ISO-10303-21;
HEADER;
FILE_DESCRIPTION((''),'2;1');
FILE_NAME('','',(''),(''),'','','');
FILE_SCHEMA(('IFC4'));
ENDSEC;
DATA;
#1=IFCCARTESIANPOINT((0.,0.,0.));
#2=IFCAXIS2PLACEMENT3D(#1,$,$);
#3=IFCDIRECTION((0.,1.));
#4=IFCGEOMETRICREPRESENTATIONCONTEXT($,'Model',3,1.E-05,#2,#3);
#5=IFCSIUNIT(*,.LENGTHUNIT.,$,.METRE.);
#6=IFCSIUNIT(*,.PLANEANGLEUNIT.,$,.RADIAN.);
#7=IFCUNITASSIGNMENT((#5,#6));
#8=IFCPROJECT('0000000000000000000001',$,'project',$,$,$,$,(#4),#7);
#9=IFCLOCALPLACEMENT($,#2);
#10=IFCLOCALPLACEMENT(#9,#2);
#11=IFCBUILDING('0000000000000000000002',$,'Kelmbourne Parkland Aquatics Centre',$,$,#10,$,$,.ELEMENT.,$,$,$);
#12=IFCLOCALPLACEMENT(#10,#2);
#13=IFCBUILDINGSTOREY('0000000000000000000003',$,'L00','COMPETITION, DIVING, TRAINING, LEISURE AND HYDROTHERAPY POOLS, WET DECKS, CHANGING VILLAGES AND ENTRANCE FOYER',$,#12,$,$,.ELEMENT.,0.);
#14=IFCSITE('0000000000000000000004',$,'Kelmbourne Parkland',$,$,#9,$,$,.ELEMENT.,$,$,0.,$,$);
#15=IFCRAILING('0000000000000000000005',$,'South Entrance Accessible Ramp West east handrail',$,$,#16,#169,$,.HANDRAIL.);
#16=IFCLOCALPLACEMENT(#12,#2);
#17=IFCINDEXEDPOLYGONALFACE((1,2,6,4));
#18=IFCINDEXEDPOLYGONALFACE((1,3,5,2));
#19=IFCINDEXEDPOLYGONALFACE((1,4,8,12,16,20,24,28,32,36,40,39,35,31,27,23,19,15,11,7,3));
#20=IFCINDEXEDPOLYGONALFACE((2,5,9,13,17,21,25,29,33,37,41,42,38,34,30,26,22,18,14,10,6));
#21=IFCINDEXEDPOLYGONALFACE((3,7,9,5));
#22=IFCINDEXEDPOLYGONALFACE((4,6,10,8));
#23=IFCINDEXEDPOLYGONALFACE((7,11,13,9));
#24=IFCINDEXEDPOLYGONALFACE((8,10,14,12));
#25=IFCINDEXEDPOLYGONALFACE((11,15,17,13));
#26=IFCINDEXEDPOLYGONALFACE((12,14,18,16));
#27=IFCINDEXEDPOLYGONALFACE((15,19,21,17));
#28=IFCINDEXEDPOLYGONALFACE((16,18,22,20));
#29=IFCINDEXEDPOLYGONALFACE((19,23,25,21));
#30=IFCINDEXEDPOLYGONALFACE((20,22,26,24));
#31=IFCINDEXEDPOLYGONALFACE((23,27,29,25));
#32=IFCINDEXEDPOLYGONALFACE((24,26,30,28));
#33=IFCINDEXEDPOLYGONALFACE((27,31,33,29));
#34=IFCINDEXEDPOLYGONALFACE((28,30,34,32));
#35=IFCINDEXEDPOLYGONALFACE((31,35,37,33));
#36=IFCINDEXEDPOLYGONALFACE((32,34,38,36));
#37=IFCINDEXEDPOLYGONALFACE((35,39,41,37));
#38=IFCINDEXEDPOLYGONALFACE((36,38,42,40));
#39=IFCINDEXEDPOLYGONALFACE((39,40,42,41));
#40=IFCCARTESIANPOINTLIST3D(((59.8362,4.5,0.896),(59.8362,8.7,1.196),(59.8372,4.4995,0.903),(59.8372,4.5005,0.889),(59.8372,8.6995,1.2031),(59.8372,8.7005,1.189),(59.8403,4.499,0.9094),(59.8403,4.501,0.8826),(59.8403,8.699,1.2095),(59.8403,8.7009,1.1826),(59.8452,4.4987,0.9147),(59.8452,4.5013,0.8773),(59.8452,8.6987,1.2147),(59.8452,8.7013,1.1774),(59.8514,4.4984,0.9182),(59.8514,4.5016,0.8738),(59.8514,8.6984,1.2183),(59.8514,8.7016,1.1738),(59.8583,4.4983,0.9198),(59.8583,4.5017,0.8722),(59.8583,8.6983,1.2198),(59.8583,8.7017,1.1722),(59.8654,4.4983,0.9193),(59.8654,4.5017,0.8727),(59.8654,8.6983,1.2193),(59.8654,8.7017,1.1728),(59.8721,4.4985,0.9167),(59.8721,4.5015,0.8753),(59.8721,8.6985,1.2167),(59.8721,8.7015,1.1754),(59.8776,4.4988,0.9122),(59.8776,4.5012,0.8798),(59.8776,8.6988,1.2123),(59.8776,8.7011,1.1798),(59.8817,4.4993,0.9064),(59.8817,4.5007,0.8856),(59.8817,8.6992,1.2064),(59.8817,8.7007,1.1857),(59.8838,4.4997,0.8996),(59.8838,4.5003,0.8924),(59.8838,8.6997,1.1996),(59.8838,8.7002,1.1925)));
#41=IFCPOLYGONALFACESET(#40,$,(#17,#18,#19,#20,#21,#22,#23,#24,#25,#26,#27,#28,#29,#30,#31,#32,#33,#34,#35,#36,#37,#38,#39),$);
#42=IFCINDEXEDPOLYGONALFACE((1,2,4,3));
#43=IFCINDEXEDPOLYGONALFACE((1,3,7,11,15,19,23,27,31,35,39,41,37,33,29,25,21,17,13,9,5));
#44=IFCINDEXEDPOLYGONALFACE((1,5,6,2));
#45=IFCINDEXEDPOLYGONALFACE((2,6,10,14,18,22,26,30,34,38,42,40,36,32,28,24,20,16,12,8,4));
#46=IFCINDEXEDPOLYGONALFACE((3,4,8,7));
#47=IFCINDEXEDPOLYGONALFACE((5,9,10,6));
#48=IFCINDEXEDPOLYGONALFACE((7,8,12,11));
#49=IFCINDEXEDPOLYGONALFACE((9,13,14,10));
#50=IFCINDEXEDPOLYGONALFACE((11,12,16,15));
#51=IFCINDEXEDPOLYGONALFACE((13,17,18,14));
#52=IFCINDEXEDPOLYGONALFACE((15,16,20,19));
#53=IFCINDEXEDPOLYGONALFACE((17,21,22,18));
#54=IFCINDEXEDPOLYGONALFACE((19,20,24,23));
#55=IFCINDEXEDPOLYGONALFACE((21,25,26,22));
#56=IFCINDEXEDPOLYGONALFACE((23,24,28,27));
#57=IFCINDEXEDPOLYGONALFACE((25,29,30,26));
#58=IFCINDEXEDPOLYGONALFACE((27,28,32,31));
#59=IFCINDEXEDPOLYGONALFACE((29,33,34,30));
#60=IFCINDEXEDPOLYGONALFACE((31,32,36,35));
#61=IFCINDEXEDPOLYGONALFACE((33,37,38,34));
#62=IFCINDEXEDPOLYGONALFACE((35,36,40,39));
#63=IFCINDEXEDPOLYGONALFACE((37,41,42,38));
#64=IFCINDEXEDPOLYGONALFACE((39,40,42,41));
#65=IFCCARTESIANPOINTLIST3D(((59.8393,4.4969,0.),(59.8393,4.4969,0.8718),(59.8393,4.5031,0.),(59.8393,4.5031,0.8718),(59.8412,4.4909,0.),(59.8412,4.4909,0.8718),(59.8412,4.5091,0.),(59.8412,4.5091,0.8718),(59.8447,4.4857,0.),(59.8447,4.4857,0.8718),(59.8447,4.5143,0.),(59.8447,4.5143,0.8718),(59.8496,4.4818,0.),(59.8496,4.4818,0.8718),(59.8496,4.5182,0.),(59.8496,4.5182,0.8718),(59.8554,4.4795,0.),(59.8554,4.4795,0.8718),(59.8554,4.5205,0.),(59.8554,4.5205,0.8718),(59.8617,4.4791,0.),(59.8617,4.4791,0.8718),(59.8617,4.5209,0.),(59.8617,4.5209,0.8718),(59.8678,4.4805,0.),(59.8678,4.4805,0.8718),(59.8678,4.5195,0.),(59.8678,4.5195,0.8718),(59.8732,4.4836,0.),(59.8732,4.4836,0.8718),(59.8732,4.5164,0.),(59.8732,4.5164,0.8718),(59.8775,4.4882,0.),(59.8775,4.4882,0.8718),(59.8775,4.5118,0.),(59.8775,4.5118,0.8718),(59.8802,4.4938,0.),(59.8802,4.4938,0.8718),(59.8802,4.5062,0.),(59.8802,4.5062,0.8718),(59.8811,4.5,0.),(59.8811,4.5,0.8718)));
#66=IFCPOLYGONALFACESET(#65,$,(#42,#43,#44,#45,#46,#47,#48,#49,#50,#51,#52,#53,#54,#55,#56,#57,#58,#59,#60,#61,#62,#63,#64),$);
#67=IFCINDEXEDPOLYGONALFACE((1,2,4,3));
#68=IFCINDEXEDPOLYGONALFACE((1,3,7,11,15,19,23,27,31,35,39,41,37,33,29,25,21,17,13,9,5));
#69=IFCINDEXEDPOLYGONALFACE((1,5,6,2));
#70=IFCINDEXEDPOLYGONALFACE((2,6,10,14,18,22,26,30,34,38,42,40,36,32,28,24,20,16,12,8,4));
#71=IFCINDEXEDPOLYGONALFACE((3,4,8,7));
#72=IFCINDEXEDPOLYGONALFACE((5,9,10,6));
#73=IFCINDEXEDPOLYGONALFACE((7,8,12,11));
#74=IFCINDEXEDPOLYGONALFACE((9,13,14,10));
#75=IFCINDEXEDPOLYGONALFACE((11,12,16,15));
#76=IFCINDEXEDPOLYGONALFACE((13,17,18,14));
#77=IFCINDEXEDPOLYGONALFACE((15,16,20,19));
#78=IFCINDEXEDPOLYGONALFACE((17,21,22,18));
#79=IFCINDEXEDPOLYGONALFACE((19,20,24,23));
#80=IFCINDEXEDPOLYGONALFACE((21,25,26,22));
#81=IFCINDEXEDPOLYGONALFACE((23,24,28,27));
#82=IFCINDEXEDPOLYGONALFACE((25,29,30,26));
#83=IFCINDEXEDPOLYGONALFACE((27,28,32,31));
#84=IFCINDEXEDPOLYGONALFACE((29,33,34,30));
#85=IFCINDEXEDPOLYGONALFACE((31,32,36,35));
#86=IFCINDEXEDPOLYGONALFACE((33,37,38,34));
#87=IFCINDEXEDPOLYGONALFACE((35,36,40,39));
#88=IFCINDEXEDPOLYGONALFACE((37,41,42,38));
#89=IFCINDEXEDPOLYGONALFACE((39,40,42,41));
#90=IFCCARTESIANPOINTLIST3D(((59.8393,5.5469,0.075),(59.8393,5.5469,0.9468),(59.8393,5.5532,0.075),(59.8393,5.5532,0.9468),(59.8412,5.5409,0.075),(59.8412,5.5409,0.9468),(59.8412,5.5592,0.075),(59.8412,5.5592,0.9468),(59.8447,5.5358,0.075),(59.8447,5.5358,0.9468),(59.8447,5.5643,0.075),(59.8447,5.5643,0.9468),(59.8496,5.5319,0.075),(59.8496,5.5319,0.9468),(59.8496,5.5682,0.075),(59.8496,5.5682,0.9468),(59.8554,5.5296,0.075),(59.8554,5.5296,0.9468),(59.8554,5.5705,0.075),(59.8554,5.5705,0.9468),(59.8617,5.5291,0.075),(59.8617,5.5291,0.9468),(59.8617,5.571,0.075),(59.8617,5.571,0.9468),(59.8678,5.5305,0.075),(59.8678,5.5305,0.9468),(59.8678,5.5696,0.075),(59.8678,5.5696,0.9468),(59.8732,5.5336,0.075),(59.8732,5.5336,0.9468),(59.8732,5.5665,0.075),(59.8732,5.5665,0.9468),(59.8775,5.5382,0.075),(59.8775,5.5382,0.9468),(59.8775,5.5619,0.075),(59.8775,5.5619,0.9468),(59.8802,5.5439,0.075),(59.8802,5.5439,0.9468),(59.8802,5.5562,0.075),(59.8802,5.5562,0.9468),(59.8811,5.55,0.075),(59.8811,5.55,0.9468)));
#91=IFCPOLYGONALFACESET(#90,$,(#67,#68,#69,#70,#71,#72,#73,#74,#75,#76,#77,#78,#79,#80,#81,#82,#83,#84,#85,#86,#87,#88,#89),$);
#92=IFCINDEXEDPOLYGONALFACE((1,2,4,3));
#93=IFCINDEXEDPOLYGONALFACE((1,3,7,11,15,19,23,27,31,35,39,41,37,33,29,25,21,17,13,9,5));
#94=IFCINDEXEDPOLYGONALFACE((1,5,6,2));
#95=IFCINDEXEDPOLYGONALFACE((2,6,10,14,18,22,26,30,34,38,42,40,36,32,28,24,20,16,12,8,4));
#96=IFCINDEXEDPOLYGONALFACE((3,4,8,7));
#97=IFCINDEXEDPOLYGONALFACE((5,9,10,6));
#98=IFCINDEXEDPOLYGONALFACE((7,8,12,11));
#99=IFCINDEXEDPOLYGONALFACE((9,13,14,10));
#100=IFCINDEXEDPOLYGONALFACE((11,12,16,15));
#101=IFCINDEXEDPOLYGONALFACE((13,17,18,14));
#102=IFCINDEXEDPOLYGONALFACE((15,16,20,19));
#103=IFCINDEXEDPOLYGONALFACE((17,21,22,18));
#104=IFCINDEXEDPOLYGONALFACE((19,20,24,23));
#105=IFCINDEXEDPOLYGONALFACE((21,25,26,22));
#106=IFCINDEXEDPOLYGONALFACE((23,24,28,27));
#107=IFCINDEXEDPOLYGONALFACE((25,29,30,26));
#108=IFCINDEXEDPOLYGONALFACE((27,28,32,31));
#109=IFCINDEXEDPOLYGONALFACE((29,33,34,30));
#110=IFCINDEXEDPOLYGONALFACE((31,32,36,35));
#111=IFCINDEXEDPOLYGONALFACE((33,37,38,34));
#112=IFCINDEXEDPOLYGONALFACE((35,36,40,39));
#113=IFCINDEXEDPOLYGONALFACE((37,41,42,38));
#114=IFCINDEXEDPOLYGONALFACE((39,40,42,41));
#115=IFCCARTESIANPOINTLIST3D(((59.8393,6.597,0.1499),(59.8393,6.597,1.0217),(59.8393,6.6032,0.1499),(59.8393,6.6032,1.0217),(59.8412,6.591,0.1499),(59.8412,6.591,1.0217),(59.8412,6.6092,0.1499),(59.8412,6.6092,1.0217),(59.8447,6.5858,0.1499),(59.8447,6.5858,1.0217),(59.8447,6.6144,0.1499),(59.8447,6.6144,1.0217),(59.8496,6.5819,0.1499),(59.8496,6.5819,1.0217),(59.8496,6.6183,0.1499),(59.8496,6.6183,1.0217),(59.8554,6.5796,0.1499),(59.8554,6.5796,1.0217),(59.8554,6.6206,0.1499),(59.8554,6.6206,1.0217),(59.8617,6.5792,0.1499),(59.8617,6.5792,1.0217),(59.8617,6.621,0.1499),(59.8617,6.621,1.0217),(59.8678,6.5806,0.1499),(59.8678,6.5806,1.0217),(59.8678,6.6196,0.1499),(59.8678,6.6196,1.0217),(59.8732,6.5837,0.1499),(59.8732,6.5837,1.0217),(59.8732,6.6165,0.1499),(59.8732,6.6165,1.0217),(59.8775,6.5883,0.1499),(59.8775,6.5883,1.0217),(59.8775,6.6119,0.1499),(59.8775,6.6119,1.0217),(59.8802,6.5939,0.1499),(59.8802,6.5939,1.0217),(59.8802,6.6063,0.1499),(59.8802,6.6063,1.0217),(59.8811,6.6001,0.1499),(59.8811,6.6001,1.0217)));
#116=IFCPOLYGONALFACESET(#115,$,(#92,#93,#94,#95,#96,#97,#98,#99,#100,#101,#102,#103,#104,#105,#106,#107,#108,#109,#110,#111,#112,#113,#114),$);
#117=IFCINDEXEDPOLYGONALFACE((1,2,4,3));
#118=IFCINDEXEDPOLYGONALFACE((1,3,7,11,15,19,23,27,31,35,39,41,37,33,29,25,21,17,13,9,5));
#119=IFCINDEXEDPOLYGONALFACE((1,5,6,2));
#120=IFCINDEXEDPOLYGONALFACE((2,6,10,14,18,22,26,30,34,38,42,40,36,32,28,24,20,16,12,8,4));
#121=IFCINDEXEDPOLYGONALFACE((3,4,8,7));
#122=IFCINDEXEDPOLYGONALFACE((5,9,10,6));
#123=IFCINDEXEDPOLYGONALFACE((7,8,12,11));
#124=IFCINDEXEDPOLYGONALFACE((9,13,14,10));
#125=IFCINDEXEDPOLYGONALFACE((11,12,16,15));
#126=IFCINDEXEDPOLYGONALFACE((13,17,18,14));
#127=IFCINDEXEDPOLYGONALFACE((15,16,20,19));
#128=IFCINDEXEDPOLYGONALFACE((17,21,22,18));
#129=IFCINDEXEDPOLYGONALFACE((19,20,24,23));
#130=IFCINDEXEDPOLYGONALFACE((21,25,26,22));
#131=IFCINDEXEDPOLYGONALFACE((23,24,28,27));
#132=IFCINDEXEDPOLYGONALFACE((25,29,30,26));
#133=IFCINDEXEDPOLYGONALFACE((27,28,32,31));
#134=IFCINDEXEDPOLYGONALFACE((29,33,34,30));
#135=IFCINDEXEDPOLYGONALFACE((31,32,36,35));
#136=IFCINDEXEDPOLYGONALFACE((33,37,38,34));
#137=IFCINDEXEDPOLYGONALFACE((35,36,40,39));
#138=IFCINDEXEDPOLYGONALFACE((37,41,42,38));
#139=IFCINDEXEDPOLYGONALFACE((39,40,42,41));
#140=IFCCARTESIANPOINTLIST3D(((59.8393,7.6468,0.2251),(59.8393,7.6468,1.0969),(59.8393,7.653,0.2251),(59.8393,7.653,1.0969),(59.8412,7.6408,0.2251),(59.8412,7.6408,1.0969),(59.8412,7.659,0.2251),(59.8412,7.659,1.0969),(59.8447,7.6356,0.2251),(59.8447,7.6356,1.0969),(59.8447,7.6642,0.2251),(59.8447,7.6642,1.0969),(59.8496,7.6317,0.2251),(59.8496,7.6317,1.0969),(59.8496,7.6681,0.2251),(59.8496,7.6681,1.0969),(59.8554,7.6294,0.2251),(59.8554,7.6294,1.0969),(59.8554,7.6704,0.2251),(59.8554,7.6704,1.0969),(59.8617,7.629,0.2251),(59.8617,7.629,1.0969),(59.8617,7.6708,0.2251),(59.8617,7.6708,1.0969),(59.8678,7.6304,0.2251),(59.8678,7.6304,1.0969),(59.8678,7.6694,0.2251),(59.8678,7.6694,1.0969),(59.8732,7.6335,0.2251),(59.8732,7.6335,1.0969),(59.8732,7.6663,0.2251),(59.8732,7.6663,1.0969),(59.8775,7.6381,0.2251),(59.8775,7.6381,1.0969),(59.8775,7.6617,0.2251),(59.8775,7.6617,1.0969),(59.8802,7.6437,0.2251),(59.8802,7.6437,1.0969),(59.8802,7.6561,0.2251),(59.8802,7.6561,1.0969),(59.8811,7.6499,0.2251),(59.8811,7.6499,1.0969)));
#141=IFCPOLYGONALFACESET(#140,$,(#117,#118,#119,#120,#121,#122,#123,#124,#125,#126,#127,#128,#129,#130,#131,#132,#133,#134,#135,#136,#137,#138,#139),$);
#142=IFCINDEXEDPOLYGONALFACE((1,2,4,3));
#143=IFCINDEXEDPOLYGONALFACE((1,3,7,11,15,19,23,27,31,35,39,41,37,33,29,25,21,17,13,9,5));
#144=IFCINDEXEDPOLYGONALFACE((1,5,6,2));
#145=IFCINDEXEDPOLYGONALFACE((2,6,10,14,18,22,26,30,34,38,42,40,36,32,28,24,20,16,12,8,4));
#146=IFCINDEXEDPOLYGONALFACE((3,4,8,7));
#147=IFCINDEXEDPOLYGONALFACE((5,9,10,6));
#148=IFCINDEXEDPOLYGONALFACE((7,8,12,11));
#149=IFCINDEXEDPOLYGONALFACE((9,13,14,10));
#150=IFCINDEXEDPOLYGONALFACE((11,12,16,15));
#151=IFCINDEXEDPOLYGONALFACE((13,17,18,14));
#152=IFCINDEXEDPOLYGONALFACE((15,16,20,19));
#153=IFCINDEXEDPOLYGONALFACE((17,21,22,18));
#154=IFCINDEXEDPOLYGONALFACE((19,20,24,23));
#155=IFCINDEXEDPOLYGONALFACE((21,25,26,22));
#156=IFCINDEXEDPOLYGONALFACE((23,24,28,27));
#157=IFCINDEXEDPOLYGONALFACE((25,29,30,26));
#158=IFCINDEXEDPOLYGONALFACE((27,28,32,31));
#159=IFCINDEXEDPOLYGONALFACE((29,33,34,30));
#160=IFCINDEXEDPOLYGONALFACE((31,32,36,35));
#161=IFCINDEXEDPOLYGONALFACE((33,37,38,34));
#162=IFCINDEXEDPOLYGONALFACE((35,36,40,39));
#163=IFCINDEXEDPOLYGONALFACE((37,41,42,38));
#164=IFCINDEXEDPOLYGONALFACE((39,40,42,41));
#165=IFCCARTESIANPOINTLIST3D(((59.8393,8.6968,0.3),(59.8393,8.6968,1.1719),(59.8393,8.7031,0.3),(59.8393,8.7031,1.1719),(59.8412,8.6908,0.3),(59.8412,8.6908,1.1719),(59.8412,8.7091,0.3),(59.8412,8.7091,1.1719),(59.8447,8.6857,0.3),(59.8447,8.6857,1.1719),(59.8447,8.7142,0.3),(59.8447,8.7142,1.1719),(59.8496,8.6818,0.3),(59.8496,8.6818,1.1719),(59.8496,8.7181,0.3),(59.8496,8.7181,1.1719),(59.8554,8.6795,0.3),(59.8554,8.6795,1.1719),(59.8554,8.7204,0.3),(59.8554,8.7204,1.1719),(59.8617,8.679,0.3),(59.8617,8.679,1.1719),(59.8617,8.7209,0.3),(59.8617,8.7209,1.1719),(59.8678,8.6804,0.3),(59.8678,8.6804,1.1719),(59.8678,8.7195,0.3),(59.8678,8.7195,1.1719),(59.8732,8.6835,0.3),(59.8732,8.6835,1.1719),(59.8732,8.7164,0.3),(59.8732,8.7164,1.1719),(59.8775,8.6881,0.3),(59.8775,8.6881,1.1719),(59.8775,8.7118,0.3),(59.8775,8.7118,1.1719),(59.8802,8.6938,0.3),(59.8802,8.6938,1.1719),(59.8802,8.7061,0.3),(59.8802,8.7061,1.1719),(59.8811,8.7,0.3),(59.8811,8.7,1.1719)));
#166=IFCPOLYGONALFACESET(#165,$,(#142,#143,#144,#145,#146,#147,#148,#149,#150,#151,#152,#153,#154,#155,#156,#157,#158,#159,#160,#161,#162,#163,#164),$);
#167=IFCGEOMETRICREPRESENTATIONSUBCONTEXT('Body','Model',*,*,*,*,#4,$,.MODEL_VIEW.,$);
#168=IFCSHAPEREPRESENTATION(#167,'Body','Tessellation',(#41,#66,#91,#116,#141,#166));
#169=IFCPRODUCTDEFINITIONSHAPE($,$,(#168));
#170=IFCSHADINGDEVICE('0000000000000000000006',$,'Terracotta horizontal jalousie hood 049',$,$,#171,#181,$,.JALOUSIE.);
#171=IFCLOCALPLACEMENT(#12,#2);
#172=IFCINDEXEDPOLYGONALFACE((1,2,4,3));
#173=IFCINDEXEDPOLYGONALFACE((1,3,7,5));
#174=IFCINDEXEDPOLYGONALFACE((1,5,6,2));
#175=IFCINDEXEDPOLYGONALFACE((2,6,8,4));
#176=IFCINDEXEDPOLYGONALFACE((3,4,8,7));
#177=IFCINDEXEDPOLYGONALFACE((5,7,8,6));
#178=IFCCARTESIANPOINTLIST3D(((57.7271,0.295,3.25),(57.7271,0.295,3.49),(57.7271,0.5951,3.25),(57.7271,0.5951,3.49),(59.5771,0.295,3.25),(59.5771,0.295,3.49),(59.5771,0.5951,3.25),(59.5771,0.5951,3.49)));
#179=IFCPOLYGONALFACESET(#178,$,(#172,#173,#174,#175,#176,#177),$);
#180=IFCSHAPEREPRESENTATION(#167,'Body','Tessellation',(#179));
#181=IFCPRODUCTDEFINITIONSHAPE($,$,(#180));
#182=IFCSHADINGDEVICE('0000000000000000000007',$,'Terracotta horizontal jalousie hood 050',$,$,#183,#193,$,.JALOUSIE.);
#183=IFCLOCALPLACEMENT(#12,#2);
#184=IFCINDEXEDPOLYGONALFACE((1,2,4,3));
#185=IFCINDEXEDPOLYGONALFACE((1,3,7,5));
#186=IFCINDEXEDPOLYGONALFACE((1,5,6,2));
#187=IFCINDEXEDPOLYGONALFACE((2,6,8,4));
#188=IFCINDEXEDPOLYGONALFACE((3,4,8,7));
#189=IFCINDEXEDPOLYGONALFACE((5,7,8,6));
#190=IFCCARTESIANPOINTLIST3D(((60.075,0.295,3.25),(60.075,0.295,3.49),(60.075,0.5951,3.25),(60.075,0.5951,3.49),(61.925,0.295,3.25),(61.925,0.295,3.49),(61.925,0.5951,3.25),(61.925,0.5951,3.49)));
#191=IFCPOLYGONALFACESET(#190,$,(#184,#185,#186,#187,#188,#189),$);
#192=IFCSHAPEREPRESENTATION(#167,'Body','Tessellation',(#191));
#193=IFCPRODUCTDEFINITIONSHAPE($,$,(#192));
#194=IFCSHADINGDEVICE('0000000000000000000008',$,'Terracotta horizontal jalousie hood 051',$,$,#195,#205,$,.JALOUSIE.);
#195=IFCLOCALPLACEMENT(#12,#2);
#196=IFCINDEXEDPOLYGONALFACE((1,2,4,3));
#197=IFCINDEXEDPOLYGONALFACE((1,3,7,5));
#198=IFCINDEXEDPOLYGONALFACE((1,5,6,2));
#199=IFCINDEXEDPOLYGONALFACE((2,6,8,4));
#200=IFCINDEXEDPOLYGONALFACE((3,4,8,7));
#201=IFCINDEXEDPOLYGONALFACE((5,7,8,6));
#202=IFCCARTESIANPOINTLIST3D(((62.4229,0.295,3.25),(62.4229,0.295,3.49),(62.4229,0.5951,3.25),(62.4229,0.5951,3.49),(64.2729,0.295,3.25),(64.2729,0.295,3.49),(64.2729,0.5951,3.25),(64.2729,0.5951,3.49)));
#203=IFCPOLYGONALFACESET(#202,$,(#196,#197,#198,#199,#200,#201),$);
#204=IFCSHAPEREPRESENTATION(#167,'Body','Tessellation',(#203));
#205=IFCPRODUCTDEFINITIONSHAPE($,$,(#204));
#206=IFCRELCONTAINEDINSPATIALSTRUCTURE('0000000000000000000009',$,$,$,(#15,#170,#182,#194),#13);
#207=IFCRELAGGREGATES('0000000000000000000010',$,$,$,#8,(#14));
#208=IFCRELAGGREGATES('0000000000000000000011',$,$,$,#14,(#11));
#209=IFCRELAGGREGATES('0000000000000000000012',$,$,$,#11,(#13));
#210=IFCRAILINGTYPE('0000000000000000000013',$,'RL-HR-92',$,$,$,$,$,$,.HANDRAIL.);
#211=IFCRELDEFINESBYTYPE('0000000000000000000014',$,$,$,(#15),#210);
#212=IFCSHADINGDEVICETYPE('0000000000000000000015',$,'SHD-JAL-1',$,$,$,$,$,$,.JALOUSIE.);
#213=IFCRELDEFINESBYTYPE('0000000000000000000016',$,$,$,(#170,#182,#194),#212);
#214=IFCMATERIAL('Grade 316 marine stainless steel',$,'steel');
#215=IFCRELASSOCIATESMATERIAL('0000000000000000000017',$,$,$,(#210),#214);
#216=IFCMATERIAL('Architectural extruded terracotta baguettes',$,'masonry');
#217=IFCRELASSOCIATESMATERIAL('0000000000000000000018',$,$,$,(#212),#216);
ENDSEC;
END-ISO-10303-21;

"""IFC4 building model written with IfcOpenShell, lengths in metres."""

from ifc_helpers import new_model, si_unit, direction, frame, origin, origin_2d, place, context, subcontext, project, spatial, rectangle, circle, extrude, material, type_object, element, save


model = new_model("IFC4")

# Units and contexts
model_context = context("Model", 3, precision=1e-05, world=origin(), true_north=direction((0.0, 1.0)))
body_context = subcontext(model_context, "Body", "Model", "MODEL_VIEW")
ifc_project = project(units=[si_unit("LENGTHUNIT", "METRE"), si_unit("PLANEANGLEUNIT", "RADIAN")], contexts=[model_context])

# Site, building, storey
site_placement = place(None, origin())
site = spatial("IfcSite", under=ifc_project, at=site_placement, Name="Kelmbourne Parkland", CompositionType="ELEMENT", RefElevation=0.0)
building_placement = place(site_placement, origin())
building = spatial("IfcBuilding", under=site, at=building_placement, Name="Kelmbourne Parkland Aquatics Centre", CompositionType="ELEMENT")
storey_placement = place(building_placement, origin())
storey = spatial("IfcBuildingStorey", under=building, at=storey_placement, Name="L00", Description="COMPETITION, DIVING, TRAINING, LEISURE AND HYDROTHERAPY POOLS, WET DECKS, CHANGING VILLAGES AND ENTRANCE FOYER", CompositionType="ELEMENT", Elevation=0.0)

# Railing
ifc_material_1 = material(Name="Grade 316 marine stainless steel", Category="steel")
railing_type = type_object("IfcRailingType", Name="RL-HR-92", PredefinedType="HANDRAIL", material=ifc_material_1)
for number, where, name in (
    (1, (59.8601, 4.5, 0.0), "South Entrance Accessible Ramp West east handrail"),
):
    element("IfcRailing", number, at=place(storey_placement, frame(where)), inside=storey, type_object=railing_type, Name=name, PredefinedType="HANDRAIL", context=body_context, shape_type="SweptSolid", body=[
        extrude(circle(Radius=0.0239, at=origin_2d()), frame((0.0, 0.0, 0.896), z_axis=(0.0, 0.997458, 0.071259), x_axis=(-1.0, 0.0, 0.0)), (0.0, 0.0, 1.0), 4.2107),
        extrude(circle(Radius=0.021, at=origin_2d()), origin(), (0.0, 0.0, 1.0), 0.8718),
        extrude(circle(Radius=0.021, at=origin_2d()), frame((0.0, 1.05, 0.075)), (0.0, 0.0, 1.0), 0.8718),
        extrude(circle(Radius=0.021, at=origin_2d()), frame((0.0, 2.1001, 0.1499)), (0.0, 0.0, 1.0), 0.8718),
        extrude(circle(Radius=0.021, at=origin_2d()), frame((0.0, 3.1499, 0.2251)), (0.0, 0.0, 1.0), 0.8718),
        extrude(circle(Radius=0.021, at=origin_2d()), frame((0.0, 4.2, 0.3)), (0.0, 0.0, 1.0), 0.8718),
    ])

# Shading devices
ifc_material_2 = material(Name="Architectural extruded terracotta baguettes", Category="masonry")
shading_device_type = type_object("IfcShadingDeviceType", Name="SHD-JAL-1", PredefinedType="JALOUSIE", material=ifc_material_2)
for number, where, z_axis, x_axis, name in (
    (2, (58.6521, 0.4451, 3.25), (0.0, 0.0, 1.0), (1.0, 0.0, 0.0), "Terracotta horizontal jalousie hood 049"),
    (3, (61.0, 0.4451, 3.25), (0.0, 0.0, 1.0), (1.0, 0.0, 0.0), "Terracotta horizontal jalousie hood 050"),
    (4, (63.3479, 0.4451, 3.25), (0.0, 0.0, 1.0), (1.0, 0.0, 0.0), "Terracotta horizontal jalousie hood 051"),
):
    element("IfcShadingDevice", number, at=place(storey_placement, frame(where, z_axis=z_axis, x_axis=x_axis)), inside=storey, type_object=shading_device_type, Name=name, PredefinedType="JALOUSIE", context=body_context, shape_type="SweptSolid", body=[
        extrude(rectangle(XDim=1.8501, YDim=0.3, at=origin_2d()), origin(), (0.0, 0.0, 1.0), 0.24),
    ])

save(model, "model.ifc")
